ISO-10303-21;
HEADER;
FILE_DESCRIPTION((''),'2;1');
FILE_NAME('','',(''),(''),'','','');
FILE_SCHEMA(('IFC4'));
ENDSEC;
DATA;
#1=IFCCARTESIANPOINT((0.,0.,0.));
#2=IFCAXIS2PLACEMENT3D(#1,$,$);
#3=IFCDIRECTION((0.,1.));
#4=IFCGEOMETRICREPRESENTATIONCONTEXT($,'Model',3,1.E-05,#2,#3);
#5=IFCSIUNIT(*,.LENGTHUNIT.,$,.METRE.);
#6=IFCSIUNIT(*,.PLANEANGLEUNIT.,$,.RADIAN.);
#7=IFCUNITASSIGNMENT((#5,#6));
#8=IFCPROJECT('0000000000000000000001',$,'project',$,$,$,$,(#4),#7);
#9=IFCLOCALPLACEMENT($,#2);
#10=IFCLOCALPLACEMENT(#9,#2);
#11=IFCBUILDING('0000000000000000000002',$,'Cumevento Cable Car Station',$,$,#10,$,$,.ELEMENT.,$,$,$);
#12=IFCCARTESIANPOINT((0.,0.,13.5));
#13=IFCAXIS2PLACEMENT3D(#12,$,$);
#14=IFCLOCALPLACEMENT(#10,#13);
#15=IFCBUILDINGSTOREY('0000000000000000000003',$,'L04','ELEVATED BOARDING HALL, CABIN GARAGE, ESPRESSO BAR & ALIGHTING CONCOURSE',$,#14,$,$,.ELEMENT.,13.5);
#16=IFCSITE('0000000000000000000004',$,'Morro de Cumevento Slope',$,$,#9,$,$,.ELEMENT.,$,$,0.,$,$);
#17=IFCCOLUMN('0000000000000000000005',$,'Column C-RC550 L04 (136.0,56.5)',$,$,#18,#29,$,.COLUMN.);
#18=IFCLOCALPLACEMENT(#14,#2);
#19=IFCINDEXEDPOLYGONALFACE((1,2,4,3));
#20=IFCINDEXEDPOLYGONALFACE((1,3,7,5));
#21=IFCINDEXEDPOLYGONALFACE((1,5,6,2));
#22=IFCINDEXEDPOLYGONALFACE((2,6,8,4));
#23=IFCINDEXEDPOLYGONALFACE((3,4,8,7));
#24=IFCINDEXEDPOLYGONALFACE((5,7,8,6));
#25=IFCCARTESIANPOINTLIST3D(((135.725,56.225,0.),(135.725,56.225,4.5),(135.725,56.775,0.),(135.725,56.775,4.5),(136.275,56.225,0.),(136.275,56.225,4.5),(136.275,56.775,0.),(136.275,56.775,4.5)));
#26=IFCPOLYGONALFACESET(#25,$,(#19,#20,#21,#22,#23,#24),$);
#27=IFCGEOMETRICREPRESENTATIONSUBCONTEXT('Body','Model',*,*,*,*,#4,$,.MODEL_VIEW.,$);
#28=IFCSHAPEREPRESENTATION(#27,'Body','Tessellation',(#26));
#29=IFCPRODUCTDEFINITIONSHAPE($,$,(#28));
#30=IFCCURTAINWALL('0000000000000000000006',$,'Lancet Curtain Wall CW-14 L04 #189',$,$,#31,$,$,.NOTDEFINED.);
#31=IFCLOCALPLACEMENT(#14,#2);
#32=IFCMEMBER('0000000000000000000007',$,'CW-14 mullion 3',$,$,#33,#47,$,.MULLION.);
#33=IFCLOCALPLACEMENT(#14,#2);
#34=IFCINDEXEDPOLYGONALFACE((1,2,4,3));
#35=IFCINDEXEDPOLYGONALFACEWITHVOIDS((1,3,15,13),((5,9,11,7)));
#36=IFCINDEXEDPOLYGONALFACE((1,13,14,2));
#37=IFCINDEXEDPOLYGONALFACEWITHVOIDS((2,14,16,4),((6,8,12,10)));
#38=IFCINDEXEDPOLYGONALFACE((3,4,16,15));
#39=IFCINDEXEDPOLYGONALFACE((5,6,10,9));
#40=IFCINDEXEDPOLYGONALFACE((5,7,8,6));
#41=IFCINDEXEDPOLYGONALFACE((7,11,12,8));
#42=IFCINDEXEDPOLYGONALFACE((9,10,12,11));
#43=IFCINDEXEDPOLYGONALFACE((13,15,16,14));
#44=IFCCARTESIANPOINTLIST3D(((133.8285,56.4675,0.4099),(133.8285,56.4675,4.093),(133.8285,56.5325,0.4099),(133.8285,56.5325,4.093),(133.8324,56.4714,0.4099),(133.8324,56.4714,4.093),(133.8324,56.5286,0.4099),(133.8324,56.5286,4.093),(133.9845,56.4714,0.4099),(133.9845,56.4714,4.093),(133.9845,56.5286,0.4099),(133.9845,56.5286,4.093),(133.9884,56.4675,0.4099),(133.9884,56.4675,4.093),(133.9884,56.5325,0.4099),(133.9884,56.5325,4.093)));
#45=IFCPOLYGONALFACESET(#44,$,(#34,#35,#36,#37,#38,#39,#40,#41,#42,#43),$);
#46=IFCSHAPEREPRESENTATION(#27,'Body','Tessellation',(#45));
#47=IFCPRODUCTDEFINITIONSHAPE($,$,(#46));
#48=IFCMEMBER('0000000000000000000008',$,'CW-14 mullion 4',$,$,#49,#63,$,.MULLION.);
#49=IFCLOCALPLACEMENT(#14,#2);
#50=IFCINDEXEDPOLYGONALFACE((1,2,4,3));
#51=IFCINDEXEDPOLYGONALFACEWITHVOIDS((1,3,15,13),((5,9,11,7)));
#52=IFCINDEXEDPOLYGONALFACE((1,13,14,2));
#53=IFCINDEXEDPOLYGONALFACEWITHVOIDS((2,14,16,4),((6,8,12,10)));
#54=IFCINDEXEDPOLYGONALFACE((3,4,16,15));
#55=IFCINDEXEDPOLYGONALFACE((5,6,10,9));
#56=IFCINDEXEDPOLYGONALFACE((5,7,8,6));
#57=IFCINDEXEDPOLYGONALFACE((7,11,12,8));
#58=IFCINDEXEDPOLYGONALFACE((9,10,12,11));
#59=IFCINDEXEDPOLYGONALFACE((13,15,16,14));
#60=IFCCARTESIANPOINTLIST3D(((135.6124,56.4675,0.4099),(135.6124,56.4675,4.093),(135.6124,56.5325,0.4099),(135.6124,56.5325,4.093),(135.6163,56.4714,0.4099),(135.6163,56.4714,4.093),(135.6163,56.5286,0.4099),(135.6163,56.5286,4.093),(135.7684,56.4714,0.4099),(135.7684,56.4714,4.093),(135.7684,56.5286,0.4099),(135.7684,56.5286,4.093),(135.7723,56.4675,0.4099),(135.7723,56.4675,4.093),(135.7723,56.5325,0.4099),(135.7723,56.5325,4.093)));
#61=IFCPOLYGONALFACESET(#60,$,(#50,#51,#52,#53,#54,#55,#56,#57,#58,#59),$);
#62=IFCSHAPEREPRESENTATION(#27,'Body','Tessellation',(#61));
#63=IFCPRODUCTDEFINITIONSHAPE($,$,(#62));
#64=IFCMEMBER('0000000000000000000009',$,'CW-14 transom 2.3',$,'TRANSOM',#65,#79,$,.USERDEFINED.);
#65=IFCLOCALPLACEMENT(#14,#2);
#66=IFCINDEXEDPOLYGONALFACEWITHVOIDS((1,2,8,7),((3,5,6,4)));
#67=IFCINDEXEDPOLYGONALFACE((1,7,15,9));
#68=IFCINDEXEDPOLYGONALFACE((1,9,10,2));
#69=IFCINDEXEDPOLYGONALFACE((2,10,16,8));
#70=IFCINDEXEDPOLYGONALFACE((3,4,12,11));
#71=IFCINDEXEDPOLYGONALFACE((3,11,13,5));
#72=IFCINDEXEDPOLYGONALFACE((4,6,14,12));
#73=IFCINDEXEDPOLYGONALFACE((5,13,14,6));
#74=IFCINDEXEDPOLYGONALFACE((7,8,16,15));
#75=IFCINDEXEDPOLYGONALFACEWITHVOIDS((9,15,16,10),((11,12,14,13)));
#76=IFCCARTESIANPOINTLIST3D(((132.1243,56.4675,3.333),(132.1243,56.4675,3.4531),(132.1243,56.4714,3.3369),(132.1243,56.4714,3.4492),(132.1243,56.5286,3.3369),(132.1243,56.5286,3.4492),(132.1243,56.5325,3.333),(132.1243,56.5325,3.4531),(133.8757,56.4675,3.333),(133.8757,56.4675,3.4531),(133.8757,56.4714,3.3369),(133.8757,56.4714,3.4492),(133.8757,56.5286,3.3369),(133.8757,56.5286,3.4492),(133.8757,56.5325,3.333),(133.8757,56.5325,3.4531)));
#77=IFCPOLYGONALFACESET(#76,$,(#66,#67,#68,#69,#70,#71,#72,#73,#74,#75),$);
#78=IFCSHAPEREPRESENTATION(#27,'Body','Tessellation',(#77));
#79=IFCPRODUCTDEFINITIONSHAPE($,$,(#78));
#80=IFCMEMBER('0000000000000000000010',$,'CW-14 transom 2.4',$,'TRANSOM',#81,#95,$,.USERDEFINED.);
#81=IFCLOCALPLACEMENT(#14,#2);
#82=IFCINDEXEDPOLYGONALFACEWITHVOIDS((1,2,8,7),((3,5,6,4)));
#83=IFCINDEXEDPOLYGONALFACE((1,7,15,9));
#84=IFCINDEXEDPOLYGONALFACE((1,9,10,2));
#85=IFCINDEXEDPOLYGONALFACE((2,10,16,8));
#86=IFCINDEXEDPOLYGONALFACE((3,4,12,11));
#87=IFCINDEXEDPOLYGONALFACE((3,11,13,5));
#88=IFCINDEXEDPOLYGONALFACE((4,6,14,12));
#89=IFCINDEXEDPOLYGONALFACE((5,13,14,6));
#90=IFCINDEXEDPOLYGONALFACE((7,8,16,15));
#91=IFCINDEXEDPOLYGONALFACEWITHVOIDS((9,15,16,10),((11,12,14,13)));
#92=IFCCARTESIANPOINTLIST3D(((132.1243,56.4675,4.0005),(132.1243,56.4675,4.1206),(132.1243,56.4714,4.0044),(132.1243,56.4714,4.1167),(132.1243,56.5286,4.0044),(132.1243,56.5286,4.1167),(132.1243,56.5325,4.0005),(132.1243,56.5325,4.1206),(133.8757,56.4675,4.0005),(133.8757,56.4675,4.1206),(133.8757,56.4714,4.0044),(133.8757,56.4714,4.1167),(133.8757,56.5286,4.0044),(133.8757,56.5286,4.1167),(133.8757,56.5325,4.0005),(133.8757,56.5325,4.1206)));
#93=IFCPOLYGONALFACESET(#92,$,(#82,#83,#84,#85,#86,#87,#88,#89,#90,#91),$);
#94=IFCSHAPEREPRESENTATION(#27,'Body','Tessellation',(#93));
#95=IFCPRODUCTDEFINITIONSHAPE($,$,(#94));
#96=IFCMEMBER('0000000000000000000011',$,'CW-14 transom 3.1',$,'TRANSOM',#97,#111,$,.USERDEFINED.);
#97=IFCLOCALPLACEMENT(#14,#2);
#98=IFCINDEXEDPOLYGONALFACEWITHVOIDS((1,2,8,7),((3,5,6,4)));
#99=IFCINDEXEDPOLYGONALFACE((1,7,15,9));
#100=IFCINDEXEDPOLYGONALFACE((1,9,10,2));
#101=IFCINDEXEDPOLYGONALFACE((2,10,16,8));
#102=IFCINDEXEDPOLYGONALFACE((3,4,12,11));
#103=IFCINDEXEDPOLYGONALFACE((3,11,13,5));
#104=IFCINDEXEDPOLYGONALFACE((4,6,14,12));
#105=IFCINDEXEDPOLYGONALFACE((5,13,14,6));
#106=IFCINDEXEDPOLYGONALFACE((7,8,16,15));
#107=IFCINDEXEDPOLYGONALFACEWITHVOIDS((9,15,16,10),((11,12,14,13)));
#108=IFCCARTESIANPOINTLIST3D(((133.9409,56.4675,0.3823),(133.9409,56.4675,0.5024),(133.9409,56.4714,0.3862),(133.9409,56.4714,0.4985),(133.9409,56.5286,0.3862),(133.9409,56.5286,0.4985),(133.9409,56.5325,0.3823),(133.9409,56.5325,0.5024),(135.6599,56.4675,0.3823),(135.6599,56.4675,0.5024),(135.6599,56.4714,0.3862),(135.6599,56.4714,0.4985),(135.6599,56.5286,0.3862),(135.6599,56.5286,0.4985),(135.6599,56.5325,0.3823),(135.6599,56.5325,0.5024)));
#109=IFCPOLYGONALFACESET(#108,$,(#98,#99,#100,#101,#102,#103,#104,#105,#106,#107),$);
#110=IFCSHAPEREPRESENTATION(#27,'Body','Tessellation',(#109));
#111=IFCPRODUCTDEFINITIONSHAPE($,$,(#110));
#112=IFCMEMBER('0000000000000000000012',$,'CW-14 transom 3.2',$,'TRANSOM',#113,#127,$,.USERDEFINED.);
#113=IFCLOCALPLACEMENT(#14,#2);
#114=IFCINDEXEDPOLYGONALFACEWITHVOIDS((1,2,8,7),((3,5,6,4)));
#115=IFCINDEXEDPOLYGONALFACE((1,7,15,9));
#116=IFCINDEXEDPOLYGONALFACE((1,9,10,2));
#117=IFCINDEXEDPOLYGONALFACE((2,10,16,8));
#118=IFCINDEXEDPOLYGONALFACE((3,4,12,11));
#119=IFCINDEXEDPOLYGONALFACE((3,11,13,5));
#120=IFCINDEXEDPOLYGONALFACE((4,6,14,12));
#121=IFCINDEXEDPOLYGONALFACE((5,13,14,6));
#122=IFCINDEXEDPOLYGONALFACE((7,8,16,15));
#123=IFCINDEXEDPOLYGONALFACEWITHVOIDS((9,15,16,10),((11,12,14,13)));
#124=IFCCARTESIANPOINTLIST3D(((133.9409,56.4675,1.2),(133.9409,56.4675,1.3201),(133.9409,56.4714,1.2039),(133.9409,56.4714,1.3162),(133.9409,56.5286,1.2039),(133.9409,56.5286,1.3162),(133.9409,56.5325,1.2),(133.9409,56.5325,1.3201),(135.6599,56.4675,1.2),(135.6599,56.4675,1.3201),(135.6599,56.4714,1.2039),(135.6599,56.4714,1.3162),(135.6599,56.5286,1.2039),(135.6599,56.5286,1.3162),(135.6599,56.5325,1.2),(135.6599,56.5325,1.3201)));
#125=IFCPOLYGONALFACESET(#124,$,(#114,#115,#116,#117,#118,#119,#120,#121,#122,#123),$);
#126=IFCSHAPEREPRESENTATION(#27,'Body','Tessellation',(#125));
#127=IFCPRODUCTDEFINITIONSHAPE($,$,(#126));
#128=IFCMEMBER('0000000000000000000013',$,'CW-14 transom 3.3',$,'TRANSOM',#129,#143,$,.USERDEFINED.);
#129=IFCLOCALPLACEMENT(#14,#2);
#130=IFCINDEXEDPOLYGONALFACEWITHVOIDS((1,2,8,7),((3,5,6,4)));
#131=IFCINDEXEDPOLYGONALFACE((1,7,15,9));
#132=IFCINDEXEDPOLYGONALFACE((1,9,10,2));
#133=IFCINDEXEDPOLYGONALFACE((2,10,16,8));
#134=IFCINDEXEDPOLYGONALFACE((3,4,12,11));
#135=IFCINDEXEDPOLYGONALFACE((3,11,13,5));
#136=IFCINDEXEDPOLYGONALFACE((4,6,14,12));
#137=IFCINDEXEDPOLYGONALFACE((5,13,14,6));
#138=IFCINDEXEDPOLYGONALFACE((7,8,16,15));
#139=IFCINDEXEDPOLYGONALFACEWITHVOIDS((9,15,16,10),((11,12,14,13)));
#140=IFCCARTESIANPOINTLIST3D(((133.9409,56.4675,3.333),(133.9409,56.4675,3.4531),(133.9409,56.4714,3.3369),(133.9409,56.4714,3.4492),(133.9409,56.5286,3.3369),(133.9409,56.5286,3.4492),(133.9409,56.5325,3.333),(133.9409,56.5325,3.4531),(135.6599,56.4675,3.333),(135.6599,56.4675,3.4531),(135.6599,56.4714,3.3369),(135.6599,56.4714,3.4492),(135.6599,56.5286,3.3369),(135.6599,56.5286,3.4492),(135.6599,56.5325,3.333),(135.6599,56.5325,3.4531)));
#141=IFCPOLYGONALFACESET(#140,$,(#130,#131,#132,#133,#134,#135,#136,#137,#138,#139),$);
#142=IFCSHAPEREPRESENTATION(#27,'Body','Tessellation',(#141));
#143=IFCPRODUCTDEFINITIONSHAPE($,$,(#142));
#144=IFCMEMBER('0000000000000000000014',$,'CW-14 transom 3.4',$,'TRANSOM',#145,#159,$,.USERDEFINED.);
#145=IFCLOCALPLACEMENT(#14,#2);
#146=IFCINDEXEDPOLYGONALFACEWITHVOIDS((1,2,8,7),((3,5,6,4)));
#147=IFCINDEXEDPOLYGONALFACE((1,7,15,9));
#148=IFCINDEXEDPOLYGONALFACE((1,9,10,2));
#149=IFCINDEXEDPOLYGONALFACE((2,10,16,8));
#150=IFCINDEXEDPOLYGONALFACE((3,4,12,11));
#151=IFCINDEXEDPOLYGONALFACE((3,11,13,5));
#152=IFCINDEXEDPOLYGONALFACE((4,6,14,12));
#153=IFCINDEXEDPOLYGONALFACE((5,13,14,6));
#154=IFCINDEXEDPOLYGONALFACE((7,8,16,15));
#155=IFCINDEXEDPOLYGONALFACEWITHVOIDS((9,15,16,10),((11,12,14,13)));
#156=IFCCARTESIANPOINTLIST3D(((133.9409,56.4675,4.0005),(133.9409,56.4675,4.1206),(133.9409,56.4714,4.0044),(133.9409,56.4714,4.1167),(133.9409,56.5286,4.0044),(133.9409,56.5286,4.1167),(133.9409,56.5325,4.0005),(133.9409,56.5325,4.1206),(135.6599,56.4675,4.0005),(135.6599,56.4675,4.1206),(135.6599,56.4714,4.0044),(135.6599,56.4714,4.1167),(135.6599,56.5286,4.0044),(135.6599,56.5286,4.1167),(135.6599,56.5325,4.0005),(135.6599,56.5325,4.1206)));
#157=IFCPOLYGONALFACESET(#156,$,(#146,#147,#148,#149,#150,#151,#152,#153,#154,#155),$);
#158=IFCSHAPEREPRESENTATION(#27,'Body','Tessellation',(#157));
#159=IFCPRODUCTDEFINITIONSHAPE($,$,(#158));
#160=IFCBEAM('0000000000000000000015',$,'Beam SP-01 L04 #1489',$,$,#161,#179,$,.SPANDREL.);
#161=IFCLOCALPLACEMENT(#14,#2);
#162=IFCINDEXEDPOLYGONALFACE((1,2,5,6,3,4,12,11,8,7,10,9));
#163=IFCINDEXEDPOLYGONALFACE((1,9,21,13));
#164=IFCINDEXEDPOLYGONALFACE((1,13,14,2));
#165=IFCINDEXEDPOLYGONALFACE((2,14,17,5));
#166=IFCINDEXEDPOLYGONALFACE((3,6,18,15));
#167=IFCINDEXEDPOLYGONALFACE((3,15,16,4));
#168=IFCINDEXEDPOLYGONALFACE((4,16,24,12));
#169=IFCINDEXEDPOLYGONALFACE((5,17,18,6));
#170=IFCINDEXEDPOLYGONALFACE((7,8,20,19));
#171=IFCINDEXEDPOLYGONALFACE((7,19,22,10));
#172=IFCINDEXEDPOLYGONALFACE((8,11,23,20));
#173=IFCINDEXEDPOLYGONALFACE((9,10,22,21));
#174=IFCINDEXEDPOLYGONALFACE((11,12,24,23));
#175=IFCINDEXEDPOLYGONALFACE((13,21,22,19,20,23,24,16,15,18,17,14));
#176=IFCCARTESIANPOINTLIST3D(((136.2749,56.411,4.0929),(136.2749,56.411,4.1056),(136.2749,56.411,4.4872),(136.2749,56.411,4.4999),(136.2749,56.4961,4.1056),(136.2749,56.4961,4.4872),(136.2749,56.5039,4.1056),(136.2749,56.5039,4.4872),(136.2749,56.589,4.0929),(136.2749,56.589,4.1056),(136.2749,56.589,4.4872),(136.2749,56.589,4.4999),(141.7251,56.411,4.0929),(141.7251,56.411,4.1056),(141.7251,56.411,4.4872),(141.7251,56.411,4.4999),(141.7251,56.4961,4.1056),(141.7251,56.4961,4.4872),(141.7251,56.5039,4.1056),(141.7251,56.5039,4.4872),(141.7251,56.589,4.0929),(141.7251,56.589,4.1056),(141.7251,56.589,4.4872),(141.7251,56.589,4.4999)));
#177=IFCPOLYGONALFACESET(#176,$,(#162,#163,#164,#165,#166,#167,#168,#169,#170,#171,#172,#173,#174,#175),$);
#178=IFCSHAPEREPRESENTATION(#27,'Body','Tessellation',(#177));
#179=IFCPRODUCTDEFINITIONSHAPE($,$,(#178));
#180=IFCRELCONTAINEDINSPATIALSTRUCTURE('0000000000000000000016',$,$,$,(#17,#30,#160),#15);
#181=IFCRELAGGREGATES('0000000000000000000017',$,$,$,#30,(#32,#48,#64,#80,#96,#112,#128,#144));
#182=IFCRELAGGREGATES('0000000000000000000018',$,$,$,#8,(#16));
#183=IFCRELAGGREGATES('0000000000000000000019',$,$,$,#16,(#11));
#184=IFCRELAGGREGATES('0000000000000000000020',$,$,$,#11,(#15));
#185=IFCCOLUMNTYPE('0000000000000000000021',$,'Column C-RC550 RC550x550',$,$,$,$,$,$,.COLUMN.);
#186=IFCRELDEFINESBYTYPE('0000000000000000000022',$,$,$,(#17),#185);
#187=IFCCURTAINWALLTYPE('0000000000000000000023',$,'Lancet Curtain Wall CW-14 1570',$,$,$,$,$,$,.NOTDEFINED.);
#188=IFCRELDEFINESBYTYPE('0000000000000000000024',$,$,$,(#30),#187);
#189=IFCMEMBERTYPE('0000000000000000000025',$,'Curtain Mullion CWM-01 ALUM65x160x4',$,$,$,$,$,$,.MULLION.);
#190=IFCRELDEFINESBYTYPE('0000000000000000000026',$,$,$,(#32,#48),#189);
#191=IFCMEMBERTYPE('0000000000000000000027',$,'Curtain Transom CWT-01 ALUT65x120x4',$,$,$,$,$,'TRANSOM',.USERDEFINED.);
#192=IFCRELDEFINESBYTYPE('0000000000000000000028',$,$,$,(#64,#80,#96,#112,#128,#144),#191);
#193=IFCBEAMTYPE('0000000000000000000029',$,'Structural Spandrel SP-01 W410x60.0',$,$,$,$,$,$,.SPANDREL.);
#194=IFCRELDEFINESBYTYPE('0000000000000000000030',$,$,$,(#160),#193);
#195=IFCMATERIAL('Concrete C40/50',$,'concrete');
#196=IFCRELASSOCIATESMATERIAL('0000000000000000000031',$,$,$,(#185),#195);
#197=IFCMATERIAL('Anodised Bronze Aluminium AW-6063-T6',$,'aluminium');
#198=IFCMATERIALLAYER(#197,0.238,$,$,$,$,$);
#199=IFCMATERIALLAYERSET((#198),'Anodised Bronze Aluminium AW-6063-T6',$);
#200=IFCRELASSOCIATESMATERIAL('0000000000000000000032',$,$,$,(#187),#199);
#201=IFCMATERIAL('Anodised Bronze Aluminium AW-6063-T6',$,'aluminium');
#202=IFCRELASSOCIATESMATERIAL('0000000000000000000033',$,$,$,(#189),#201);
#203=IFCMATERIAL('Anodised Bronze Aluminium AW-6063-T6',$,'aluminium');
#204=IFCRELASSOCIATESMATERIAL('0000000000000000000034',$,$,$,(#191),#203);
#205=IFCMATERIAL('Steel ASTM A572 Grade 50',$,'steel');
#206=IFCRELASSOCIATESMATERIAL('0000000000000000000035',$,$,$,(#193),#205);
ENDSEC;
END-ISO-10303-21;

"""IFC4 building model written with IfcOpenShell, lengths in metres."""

from ifc_helpers import new_model, si_unit, direction, frame, origin, origin_2d, place, context, subcontext, project, spatial, rectangle, hollow_rectangle, i_section, extrude, material, layer, layer_set, material_profile, profile_set, type_object, element, aggregate, save


model = new_model("IFC4")

# Units and contexts
model_context = context("Model", 3, precision=1e-05, world=origin(), true_north=direction((0.0, 1.0)))
body_context = subcontext(model_context, "Body", "Model", "MODEL_VIEW")
ifc_project = project(units=[si_unit("LENGTHUNIT", "METRE"), si_unit("PLANEANGLEUNIT", "RADIAN")], contexts=[model_context])

# Site, building, storey
site_placement = place(None, origin())
site = spatial("IfcSite", under=ifc_project, at=site_placement, Name="Morro de Cumevento Slope", CompositionType="ELEMENT", RefElevation=0.0)
building_placement = place(site_placement, origin())
building = spatial("IfcBuilding", under=site, at=building_placement, Name="Cumevento Cable Car Station", CompositionType="ELEMENT")
storey_placement = place(building_placement, frame((0.0, 0.0, 13.5)))
storey = spatial("IfcBuildingStorey", under=building, at=storey_placement, Name="L04", Description="ELEVATED BOARDING HALL, CABIN GARAGE, ESPRESSO BAR & ALIGHTING CONCOURSE", CompositionType="ELEMENT", Elevation=13.5)

# Column
ifc_material_1 = material(Name="Concrete C40/50", Category="concrete")
ifc_material_profile_1 = material_profile(ifc_material_1, rectangle(XDim=0.55, YDim=0.55, at=origin_2d()), Name="RC550x550")
ifc_profile_set_1 = profile_set([ifc_material_profile_1], Name="Concrete C40/50")
column_type = type_object("IfcColumnType", Name="Column C-RC550 RC550x550", PredefinedType="COLUMN", material=ifc_profile_set_1)
column_placement = place(storey_placement, frame((136.0, 56.5, 0.0), z_axis=(0.0, 0.0, 1.0), x_axis=(1.0, 0.0, 0.0)))
element("IfcColumn", 1, at=column_placement, inside=storey, type_object=column_type, Name="Column C-RC550 L04 (136.0,56.5)", PredefinedType="COLUMN", context=body_context, shape_type="SweptSolid", body=[
    extrude(rectangle(XDim=0.55, YDim=0.55, at=origin_2d()), origin(), (0.0, 0.0, 1.0), 4.5),
])

# Curtain wall, members
ifc_material_2 = material(Name="Anodised Bronze Aluminium AW-6063-T6", Category="aluminium")
ifc_layer_1 = layer(ifc_material_2, 0.238)
ifc_layer_set_1 = layer_set([ifc_layer_1], Name="Anodised Bronze Aluminium AW-6063-T6")
curtain_wall_type = type_object("IfcCurtainWallType", Name="Lancet Curtain Wall CW-14 1570", PredefinedType="NOTDEFINED", material=ifc_layer_set_1)
curtain_wall_placement = place(storey_placement, origin())
curtain_wall = element("IfcCurtainWall", 2, at=curtain_wall_placement, inside=storey, type_object=curtain_wall_type, Name="Lancet Curtain Wall CW-14 L04 #189", PredefinedType="NOTDEFINED")
ifc_material_3 = material(Name="Anodised Bronze Aluminium AW-6063-T6", Category="aluminium")
ifc_material_profile_2 = material_profile(ifc_material_3, hollow_rectangle(XDim=0.0649, YDim=0.1599, WallThickness=0.0039, at=origin_2d()), Name="ALUM65x160x4")
ifc_profile_set_2 = profile_set([ifc_material_profile_2], Name="Anodised Bronze Aluminium AW-6063-T6")
member_type_1 = type_object("IfcMemberType", Name="Curtain Mullion CWM-01 ALUM65x160x4", PredefinedType="MULLION", material=ifc_profile_set_2)
member_1_placement = place(storey_placement, frame((133.9084, 56.5, 0.4099), z_axis=(0.0, 0.0, 1.0), x_axis=(0.0, 1.0, 0.0)))
member_1 = element("IfcMember", 3, at=member_1_placement, type_object=member_type_1, Name="CW-14 mullion 3", PredefinedType="MULLION", context=body_context, shape_type="SweptSolid", body=[
    extrude(hollow_rectangle(XDim=0.0649, YDim=0.1599, WallThickness=0.0039, at=origin_2d()), origin(), (0.0, 0.0, 1.0), 3.6831),
])
member_2_placement = place(storey_placement, frame((135.6924, 56.5, 0.4099), z_axis=(0.0, 0.0, 1.0), x_axis=(0.0, 1.0, 0.0)))
member_2 = element("IfcMember", 4, at=member_2_placement, type_object=member_type_1, Name="CW-14 mullion 4", PredefinedType="MULLION", context=body_context, shape_type="SweptSolid", body=[
    extrude(hollow_rectangle(XDim=0.0649, YDim=0.1599, WallThickness=0.0039, at=origin_2d()), origin(), (0.0, 0.0, 1.0), 3.6831),
])
ifc_material_4 = material(Name="Anodised Bronze Aluminium AW-6063-T6", Category="aluminium")
ifc_material_profile_3 = material_profile(ifc_material_4, hollow_rectangle(XDim=0.0649, YDim=0.1201, WallThickness=0.0039, at=origin_2d()), Name="ALUT65x120x4")
ifc_profile_set_3 = profile_set([ifc_material_profile_3], Name="Anodised Bronze Aluminium AW-6063-T6")
member_type_2 = type_object("IfcMemberType", Name="Curtain Transom CWT-01 ALUT65x120x4", ElementType="TRANSOM", PredefinedType="USERDEFINED", material=ifc_profile_set_3)
member_3_placement = place(storey_placement, frame((132.1243, 56.5, 3.3931), z_axis=(1.0, 0.0, 0.0), x_axis=(0.0, 1.0, 0.0)))
member_3 = element("IfcMember", 5, at=member_3_placement, type_object=member_type_2, Name="CW-14 transom 2.3", ObjectType="TRANSOM", PredefinedType="USERDEFINED", context=body_context, shape_type="SweptSolid", body=[
    extrude(hollow_rectangle(XDim=0.0649, YDim=0.1201, WallThickness=0.0039, at=origin_2d()), origin(), (0.0, 0.0, 1.0), 1.7515),
])
member_4_placement = place(storey_placement, frame((132.1243, 56.5, 4.0605), z_axis=(1.0, 0.0, 0.0), x_axis=(0.0, 1.0, 0.0)))
member_4 = element("IfcMember", 6, at=member_4_placement, type_object=member_type_2, Name="CW-14 transom 2.4", ObjectType="TRANSOM", PredefinedType="USERDEFINED", context=body_context, shape_type="SweptSolid", body=[
    extrude(hollow_rectangle(XDim=0.0649, YDim=0.1201, WallThickness=0.0039, at=origin_2d()), origin(), (0.0, 0.0, 1.0), 1.7515),
])
member_5_placement = place(storey_placement, frame((133.9409, 56.5, 0.4424), z_axis=(1.0, 0.0, 0.0), x_axis=(0.0, 1.0, 0.0)))
member_5 = element("IfcMember", 7, at=member_5_placement, type_object=member_type_2, Name="CW-14 transom 3.1", ObjectType="TRANSOM", PredefinedType="USERDEFINED", context=body_context, shape_type="SweptSolid", body=[
    extrude(hollow_rectangle(XDim=0.0649, YDim=0.1201, WallThickness=0.0039, at=origin_2d()), origin(), (0.0, 0.0, 1.0), 1.719),
])
member_6_placement = place(storey_placement, frame((133.9409, 56.5, 1.26), z_axis=(1.0, 0.0, 0.0), x_axis=(0.0, 1.0, 0.0)))
member_6 = element("IfcMember", 8, at=member_6_placement, type_object=member_type_2, Name="CW-14 transom 3.2", ObjectType="TRANSOM", PredefinedType="USERDEFINED", context=body_context, shape_type="SweptSolid", body=[
    extrude(hollow_rectangle(XDim=0.0649, YDim=0.1201, WallThickness=0.0039, at=origin_2d()), origin(), (0.0, 0.0, 1.0), 1.719),
])
member_7_placement = place(storey_placement, frame((133.9409, 56.5, 3.3931), z_axis=(1.0, 0.0, 0.0), x_axis=(0.0, 1.0, 0.0)))
member_7 = element("IfcMember", 9, at=member_7_placement, type_object=member_type_2, Name="CW-14 transom 3.3", ObjectType="TRANSOM", PredefinedType="USERDEFINED", context=body_context, shape_type="SweptSolid", body=[
    extrude(hollow_rectangle(XDim=0.0649, YDim=0.1201, WallThickness=0.0039, at=origin_2d()), origin(), (0.0, 0.0, 1.0), 1.719),
])
member_8_placement = place(storey_placement, frame((133.9409, 56.5, 4.0605), z_axis=(1.0, 0.0, 0.0), x_axis=(0.0, 1.0, 0.0)))
member_8 = element("IfcMember", 10, at=member_8_placement, type_object=member_type_2, Name="CW-14 transom 3.4", ObjectType="TRANSOM", PredefinedType="USERDEFINED", context=body_context, shape_type="SweptSolid", body=[
    extrude(hollow_rectangle(XDim=0.0649, YDim=0.1201, WallThickness=0.0039, at=origin_2d()), origin(), (0.0, 0.0, 1.0), 1.719),
])

# Beam
ifc_material_5 = material(Name="Steel ASTM A572 Grade 50", Category="steel")
ifc_material_profile_4 = material_profile(ifc_material_5, i_section(OverallWidth=0.178, OverallDepth=0.407, WebThickness=0.0078, FlangeThickness=0.0127, at=origin_2d()), Name="W410x60.0")
ifc_profile_set_4 = profile_set([ifc_material_profile_4], Name="Steel ASTM A572 Grade 50")
beam_type = type_object("IfcBeamType", Name="Structural Spandrel SP-01 W410x60.0", PredefinedType="SPANDREL", material=ifc_profile_set_4)
beam_placement = place(storey_placement, frame((136.2749, 56.5, 4.2964), z_axis=(1.0, 0.0, 0.0), x_axis=(0.0, 1.0, 0.0)))
element("IfcBeam", 11, at=beam_placement, inside=storey, type_object=beam_type, Name="Beam SP-01 L04 #1489", PredefinedType="SPANDREL", context=body_context, shape_type="SweptSolid", body=[
    extrude(i_section(OverallWidth=0.178, OverallDepth=0.407, WebThickness=0.0078, FlangeThickness=0.0127, at=origin_2d()), origin(), (0.0, 0.0, 1.0), 5.4502),
])

aggregate(curtain_wall, [member_1, member_2, member_3, member_4, member_5, member_6, member_7, member_8])

save(model, "model.ifc")
